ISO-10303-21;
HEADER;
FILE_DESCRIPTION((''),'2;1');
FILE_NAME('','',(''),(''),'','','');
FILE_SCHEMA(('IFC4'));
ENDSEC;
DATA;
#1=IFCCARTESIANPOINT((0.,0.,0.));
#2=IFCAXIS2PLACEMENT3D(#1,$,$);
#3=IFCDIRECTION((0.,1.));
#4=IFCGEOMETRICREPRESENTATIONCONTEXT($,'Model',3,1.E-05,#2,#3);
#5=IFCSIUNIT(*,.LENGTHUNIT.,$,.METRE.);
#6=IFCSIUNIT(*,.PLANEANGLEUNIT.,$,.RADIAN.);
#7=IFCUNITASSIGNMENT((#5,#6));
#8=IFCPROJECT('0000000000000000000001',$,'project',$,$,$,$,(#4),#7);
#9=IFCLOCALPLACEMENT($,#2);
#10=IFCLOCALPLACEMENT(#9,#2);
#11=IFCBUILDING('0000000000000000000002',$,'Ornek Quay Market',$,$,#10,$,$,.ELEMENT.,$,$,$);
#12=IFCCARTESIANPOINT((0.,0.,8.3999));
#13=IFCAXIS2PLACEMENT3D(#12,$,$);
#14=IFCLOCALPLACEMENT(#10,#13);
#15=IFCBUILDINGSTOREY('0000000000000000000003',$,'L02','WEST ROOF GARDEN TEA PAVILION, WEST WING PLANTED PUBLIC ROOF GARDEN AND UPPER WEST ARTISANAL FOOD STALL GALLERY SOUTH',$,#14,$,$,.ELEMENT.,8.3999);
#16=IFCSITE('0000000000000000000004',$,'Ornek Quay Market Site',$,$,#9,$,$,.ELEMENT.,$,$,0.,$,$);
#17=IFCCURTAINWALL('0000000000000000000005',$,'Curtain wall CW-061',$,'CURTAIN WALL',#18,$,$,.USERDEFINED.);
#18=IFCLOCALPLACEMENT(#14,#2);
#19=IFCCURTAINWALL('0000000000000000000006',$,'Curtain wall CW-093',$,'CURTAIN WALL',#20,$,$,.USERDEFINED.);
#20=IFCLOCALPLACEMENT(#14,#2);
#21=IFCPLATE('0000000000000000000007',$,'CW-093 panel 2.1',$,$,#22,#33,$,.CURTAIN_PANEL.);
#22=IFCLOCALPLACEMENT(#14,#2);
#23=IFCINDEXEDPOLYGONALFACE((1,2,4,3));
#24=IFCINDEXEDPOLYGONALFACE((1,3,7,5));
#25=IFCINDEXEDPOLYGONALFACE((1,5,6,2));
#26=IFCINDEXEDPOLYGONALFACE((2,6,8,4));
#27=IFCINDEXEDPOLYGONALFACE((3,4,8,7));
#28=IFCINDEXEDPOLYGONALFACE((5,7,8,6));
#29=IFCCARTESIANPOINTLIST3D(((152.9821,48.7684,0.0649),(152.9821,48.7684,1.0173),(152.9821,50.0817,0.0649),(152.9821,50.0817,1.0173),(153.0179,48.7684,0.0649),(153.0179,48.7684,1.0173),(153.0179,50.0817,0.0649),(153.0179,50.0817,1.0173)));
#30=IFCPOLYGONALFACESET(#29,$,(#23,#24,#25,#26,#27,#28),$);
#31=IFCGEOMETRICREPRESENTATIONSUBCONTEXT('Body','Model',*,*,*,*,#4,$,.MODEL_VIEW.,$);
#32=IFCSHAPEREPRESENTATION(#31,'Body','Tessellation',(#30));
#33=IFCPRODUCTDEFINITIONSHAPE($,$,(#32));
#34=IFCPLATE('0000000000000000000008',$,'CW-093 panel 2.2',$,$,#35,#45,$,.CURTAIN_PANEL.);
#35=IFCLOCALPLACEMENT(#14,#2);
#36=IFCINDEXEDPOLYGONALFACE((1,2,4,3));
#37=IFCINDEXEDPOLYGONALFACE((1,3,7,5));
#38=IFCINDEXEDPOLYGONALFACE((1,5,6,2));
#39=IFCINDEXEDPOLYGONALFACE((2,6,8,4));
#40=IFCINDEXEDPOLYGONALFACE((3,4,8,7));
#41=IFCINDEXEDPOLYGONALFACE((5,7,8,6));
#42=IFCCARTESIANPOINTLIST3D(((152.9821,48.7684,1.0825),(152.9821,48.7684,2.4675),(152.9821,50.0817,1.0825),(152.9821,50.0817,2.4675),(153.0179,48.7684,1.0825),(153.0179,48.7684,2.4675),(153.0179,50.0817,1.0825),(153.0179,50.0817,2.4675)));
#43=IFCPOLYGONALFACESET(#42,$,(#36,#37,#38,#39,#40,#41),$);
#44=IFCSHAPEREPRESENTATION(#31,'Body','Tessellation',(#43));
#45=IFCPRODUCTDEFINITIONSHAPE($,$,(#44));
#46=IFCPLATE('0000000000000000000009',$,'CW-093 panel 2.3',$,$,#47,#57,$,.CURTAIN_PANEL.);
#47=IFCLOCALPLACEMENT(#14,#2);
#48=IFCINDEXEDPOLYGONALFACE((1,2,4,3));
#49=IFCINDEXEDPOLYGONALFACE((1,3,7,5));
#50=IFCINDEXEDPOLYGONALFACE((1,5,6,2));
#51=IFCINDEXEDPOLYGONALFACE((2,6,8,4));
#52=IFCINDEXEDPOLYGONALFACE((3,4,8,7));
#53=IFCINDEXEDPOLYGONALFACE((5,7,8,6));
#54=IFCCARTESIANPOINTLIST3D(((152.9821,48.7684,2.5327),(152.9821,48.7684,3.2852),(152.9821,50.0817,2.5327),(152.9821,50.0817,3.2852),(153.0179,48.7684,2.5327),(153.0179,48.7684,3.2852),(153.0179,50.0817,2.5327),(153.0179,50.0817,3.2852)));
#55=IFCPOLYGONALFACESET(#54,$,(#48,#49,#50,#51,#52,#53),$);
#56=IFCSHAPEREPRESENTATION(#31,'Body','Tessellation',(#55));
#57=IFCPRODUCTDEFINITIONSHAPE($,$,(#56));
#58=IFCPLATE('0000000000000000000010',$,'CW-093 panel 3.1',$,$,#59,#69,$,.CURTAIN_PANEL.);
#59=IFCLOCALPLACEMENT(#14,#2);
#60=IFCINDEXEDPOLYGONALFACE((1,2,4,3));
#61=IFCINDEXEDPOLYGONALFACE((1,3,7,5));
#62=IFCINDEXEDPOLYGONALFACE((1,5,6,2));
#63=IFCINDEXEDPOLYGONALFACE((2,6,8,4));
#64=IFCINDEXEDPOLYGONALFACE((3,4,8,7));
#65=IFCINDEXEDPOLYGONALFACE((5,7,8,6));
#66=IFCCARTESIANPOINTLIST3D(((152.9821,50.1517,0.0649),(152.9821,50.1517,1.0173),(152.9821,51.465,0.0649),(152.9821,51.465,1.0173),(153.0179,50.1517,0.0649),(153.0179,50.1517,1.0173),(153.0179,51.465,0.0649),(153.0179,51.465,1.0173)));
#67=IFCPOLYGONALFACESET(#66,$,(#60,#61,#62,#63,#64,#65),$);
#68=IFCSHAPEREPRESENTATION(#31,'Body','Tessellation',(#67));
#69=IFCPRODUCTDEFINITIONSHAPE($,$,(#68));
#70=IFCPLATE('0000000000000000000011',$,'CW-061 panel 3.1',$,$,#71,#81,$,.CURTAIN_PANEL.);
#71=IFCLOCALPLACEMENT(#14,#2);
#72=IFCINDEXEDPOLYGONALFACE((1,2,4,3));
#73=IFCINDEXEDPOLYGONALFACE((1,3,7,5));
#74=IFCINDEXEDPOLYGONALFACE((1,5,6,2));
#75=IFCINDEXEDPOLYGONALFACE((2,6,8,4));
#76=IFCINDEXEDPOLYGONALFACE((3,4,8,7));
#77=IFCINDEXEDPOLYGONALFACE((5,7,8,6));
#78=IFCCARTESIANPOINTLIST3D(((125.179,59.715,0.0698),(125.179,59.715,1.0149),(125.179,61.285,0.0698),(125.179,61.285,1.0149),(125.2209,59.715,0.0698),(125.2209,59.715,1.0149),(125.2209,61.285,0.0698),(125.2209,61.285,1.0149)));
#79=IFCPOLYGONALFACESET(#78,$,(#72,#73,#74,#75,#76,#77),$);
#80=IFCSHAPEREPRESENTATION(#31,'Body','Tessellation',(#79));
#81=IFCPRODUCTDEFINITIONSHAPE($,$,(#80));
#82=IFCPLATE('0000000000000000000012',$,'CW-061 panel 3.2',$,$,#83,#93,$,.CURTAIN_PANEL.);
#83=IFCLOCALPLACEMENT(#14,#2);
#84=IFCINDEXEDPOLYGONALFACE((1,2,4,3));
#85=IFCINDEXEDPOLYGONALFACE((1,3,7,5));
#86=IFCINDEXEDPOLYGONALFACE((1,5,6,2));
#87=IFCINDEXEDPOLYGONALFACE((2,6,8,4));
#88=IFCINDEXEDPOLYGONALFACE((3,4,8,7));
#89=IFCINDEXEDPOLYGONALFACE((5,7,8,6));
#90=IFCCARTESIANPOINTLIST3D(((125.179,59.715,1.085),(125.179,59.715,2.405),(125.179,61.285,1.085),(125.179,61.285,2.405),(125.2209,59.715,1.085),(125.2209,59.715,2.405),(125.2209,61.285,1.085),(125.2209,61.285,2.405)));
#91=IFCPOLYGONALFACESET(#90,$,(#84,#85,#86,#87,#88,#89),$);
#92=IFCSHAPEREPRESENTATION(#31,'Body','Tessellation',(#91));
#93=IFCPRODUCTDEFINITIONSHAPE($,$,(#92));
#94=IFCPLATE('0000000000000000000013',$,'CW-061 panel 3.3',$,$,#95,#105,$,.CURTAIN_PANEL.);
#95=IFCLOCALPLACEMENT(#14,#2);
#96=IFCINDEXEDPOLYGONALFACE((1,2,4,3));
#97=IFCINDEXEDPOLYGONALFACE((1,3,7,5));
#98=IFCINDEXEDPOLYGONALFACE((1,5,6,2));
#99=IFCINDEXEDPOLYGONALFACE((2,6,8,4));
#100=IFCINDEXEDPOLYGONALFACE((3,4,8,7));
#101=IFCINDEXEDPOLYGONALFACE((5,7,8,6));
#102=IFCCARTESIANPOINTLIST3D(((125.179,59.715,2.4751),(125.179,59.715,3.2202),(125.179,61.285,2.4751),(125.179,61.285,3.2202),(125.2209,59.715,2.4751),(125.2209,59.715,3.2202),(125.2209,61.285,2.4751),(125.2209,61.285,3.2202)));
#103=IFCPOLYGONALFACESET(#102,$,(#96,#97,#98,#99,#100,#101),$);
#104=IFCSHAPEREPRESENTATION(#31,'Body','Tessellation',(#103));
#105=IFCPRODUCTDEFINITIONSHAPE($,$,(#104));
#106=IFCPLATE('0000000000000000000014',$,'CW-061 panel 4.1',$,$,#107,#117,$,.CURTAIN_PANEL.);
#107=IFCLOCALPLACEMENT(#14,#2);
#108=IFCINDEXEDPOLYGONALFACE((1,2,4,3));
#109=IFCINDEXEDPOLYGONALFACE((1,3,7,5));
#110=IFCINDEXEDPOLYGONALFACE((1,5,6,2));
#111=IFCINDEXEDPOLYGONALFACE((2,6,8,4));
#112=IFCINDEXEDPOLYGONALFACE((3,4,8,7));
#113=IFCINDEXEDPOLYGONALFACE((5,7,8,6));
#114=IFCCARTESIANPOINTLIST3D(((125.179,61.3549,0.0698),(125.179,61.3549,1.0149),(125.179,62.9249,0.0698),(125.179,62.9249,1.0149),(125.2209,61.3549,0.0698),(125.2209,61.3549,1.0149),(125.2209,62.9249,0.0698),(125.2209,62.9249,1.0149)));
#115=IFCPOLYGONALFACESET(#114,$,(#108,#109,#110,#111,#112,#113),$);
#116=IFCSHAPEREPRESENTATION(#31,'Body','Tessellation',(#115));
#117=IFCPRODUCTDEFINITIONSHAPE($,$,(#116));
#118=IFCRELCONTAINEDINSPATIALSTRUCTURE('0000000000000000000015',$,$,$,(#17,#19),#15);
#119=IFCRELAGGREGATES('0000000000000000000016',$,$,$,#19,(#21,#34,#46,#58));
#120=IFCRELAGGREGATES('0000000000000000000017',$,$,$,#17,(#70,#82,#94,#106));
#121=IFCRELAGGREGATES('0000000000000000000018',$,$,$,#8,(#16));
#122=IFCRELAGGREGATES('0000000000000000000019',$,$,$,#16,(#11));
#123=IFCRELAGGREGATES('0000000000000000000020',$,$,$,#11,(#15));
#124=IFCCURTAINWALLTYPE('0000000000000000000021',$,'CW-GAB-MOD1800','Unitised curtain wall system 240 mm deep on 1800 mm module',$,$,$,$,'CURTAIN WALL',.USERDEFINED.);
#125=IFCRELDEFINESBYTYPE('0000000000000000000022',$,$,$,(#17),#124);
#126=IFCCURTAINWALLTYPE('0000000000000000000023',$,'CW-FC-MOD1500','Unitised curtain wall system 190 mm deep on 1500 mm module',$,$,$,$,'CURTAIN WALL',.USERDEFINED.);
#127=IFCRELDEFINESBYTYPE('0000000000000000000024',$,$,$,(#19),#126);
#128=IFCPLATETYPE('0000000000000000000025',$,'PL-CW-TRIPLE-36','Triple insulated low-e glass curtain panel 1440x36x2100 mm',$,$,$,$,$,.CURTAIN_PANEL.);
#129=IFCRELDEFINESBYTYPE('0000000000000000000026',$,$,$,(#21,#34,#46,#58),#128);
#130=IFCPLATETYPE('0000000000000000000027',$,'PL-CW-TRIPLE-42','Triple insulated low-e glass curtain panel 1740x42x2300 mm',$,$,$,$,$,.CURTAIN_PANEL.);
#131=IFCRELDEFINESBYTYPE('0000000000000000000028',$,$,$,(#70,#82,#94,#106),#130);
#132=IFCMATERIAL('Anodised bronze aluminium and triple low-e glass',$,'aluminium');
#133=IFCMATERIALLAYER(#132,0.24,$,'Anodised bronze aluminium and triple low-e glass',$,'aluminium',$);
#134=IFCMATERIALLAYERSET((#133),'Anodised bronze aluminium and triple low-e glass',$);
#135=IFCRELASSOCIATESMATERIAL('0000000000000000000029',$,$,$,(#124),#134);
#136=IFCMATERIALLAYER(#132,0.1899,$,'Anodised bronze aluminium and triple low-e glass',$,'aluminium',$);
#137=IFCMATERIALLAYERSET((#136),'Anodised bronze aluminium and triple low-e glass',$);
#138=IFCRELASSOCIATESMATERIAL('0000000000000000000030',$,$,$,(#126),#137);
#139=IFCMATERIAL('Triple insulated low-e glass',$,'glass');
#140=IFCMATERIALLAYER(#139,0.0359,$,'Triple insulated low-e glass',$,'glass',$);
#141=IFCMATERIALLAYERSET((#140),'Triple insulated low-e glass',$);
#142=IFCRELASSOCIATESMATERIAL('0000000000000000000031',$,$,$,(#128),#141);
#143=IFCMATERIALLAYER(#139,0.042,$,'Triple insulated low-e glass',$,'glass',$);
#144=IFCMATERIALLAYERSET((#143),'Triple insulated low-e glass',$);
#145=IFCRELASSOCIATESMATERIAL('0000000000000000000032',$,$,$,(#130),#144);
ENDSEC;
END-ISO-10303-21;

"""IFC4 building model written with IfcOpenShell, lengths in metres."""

from ifc_helpers import new_model, si_unit, direction, frame, origin, origin_2d, place, context, subcontext, project, spatial, rectangle, extrude, material, layer, layer_set, type_object, element, aggregate, save


model = new_model("IFC4")

# Units and contexts
model_context = context("Model", 3, precision=1e-05, world=origin(), true_north=direction((0.0, 1.0)))
body_context = subcontext(model_context, "Body", "Model", "MODEL_VIEW")
ifc_project = project(units=[si_unit("LENGTHUNIT", "METRE"), si_unit("PLANEANGLEUNIT", "RADIAN")], contexts=[model_context])

# Site, building, storey
site_placement = place(None, origin())
site = spatial("IfcSite", under=ifc_project, at=site_placement, Name="Ornek Quay Market Site", CompositionType="ELEMENT", RefElevation=0.0)
building_placement = place(site_placement, origin())
building = spatial("IfcBuilding", under=site, at=building_placement, Name="Ornek Quay Market", CompositionType="ELEMENT")
storey_placement = place(building_placement, frame((0.0, 0.0, 8.3999)))
storey = spatial("IfcBuildingStorey", under=building, at=storey_placement, Name="L02", Description="WEST ROOF GARDEN TEA PAVILION, WEST WING PLANTED PUBLIC ROOF GARDEN AND UPPER WEST ARTISANAL FOOD STALL GALLERY SOUTH", CompositionType="ELEMENT", Elevation=8.3999)

# Curtain walls
ifc_material_1 = material(Name="Anodised bronze aluminium and triple low-e glass", Category="aluminium")
ifc_layer_1 = layer(ifc_material_1, 0.24, Name="Anodised bronze aluminium and triple low-e glass", Category="aluminium")
ifc_layer_set_1 = layer_set([ifc_layer_1], Name="Anodised bronze aluminium and triple low-e glass")
curtain_wall_type_1 = type_object("IfcCurtainWallType", Name="CW-GAB-MOD1800", Description="Unitised curtain wall system 240 mm deep on 1800 mm module", ElementType="CURTAIN WALL", PredefinedType="USERDEFINED", material=ifc_layer_set_1)
curtain_wall_1_placement = place(storey_placement, origin())
curtain_wall_1 = element("IfcCurtainWall", 1, at=curtain_wall_1_placement, inside=storey, type_object=curtain_wall_type_1, Name="Curtain wall CW-061", ObjectType="CURTAIN WALL", PredefinedType="USERDEFINED")
ifc_layer_2 = layer(ifc_material_1, 0.1899, Name="Anodised bronze aluminium and triple low-e glass", Category="aluminium")
ifc_layer_set_2 = layer_set([ifc_layer_2], Name="Anodised bronze aluminium and triple low-e glass")
curtain_wall_type_2 = type_object("IfcCurtainWallType", Name="CW-FC-MOD1500", Description="Unitised curtain wall system 190 mm deep on 1500 mm module", ElementType="CURTAIN WALL", PredefinedType="USERDEFINED", material=ifc_layer_set_2)
curtain_wall_2_placement = place(storey_placement, origin())
curtain_wall_2 = element("IfcCurtainWall", 2, at=curtain_wall_2_placement, inside=storey, type_object=curtain_wall_type_2, Name="Curtain wall CW-093", ObjectType="CURTAIN WALL", PredefinedType="USERDEFINED")

# Plates
ifc_material_2 = material(Name="Triple insulated low-e glass", Category="glass")
ifc_layer_3 = layer(ifc_material_2, 0.0359, Name="Triple insulated low-e glass", Category="glass")
ifc_layer_set_3 = layer_set([ifc_layer_3], Name="Triple insulated low-e glass")
plate_type_1 = type_object("IfcPlateType", Name="PL-CW-TRIPLE-36", Description="Triple insulated low-e glass curtain panel 1440x36x2100 mm", PredefinedType="CURTAIN_PANEL", material=ifc_layer_set_3)
plate_1_placement = place(storey_placement, frame((153.0, 49.425, 0.0649), z_axis=(0.0, 0.0, 1.0), x_axis=(0.0, 1.0, 0.0)))
plate_1 = element("IfcPlate", 3, at=plate_1_placement, type_object=plate_type_1, Name="CW-093 panel 2.1", PredefinedType="CURTAIN_PANEL", context=body_context, shape_type="SweptSolid", body=[
    extrude(rectangle(XDim=1.3132, YDim=0.0359, at=origin_2d()), origin(), (0.0, 0.0, 1.0), 0.9524),
])
plate_2_placement = place(storey_placement, frame((153.0, 49.425, 1.0825), z_axis=(0.0, 0.0, 1.0), x_axis=(0.0, 1.0, 0.0)))
plate_2 = element("IfcPlate", 4, at=plate_2_placement, type_object=plate_type_1, Name="CW-093 panel 2.2", PredefinedType="CURTAIN_PANEL", context=body_context, shape_type="SweptSolid", body=[
    extrude(rectangle(XDim=1.3132, YDim=0.0359, at=origin_2d()), origin(), (0.0, 0.0, 1.0), 1.385),
])
plate_3_placement = place(storey_placement, frame((153.0, 49.425, 2.5327), z_axis=(0.0, 0.0, 1.0), x_axis=(0.0, 1.0, 0.0)))
plate_3 = element("IfcPlate", 5, at=plate_3_placement, type_object=plate_type_1, Name="CW-093 panel 2.3", PredefinedType="CURTAIN_PANEL", context=body_context, shape_type="SweptSolid", body=[
    extrude(rectangle(XDim=1.3132, YDim=0.0359, at=origin_2d()), origin(), (0.0, 0.0, 1.0), 0.7524),
])
plate_4_placement = place(storey_placement, frame((153.0, 50.8083, 0.0649), z_axis=(0.0, 0.0, 1.0), x_axis=(0.0, 1.0, 0.0)))
plate_4 = element("IfcPlate", 6, at=plate_4_placement, type_object=plate_type_1, Name="CW-093 panel 3.1", PredefinedType="CURTAIN_PANEL", context=body_context, shape_type="SweptSolid", body=[
    extrude(rectangle(XDim=1.3132, YDim=0.0359, at=origin_2d()), origin(), (0.0, 0.0, 1.0), 0.9524),
])
aggregate(curtain_wall_2, [plate_1, plate_2, plate_3, plate_4])
ifc_layer_4 = layer(ifc_material_2, 0.042, Name="Triple insulated low-e glass", Category="glass")
ifc_layer_set_4 = layer_set([ifc_layer_4], Name="Triple insulated low-e glass")
plate_type_2 = type_object("IfcPlateType", Name="PL-CW-TRIPLE-42", Description="Triple insulated low-e glass curtain panel 1740x42x2300 mm", PredefinedType="CURTAIN_PANEL", material=ifc_layer_set_4)
plate_5_placement = place(storey_placement, frame((125.2, 60.5, 0.0698), z_axis=(0.0, 0.0, 1.0), x_axis=(0.0, 1.0, 0.0)))
plate_5 = element("IfcPlate", 7, at=plate_5_placement, type_object=plate_type_2, Name="CW-061 panel 3.1", PredefinedType="CURTAIN_PANEL", context=body_context, shape_type="SweptSolid", body=[
    extrude(rectangle(XDim=1.5701, YDim=0.042, at=origin_2d()), origin(), (0.0, 0.0, 1.0), 0.9451),
])
plate_6_placement = place(storey_placement, frame((125.2, 60.5, 1.085), z_axis=(0.0, 0.0, 1.0), x_axis=(0.0, 1.0, 0.0)))
plate_6 = element("IfcPlate", 8, at=plate_6_placement, type_object=plate_type_2, Name="CW-061 panel 3.2", PredefinedType="CURTAIN_PANEL", context=body_context, shape_type="SweptSolid", body=[
    extrude(rectangle(XDim=1.5701, YDim=0.042, at=origin_2d()), origin(), (0.0, 0.0, 1.0), 1.3201),
])
plate_7_placement = place(storey_placement, frame((125.2, 60.5, 2.4751), z_axis=(0.0, 0.0, 1.0), x_axis=(0.0, 1.0, 0.0)))
plate_7 = element("IfcPlate", 9, at=plate_7_placement, type_object=plate_type_2, Name="CW-061 panel 3.3", PredefinedType="CURTAIN_PANEL", context=body_context, shape_type="SweptSolid", body=[
    extrude(rectangle(XDim=1.5701, YDim=0.042, at=origin_2d()), origin(), (0.0, 0.0, 1.0), 0.7451),
])
plate_8_placement = place(storey_placement, frame((125.2, 62.1399, 0.0698), z_axis=(0.0, 0.0, 1.0), x_axis=(0.0, 1.0, 0.0)))
plate_8 = element("IfcPlate", 10, at=plate_8_placement, type_object=plate_type_2, Name="CW-061 panel 4.1", PredefinedType="CURTAIN_PANEL", context=body_context, shape_type="SweptSolid", body=[
    extrude(rectangle(XDim=1.5701, YDim=0.042, at=origin_2d()), origin(), (0.0, 0.0, 1.0), 0.9451),
])
aggregate(curtain_wall_1, [plate_5, plate_6, plate_7, plate_8])

save(model, "model.ifc")
